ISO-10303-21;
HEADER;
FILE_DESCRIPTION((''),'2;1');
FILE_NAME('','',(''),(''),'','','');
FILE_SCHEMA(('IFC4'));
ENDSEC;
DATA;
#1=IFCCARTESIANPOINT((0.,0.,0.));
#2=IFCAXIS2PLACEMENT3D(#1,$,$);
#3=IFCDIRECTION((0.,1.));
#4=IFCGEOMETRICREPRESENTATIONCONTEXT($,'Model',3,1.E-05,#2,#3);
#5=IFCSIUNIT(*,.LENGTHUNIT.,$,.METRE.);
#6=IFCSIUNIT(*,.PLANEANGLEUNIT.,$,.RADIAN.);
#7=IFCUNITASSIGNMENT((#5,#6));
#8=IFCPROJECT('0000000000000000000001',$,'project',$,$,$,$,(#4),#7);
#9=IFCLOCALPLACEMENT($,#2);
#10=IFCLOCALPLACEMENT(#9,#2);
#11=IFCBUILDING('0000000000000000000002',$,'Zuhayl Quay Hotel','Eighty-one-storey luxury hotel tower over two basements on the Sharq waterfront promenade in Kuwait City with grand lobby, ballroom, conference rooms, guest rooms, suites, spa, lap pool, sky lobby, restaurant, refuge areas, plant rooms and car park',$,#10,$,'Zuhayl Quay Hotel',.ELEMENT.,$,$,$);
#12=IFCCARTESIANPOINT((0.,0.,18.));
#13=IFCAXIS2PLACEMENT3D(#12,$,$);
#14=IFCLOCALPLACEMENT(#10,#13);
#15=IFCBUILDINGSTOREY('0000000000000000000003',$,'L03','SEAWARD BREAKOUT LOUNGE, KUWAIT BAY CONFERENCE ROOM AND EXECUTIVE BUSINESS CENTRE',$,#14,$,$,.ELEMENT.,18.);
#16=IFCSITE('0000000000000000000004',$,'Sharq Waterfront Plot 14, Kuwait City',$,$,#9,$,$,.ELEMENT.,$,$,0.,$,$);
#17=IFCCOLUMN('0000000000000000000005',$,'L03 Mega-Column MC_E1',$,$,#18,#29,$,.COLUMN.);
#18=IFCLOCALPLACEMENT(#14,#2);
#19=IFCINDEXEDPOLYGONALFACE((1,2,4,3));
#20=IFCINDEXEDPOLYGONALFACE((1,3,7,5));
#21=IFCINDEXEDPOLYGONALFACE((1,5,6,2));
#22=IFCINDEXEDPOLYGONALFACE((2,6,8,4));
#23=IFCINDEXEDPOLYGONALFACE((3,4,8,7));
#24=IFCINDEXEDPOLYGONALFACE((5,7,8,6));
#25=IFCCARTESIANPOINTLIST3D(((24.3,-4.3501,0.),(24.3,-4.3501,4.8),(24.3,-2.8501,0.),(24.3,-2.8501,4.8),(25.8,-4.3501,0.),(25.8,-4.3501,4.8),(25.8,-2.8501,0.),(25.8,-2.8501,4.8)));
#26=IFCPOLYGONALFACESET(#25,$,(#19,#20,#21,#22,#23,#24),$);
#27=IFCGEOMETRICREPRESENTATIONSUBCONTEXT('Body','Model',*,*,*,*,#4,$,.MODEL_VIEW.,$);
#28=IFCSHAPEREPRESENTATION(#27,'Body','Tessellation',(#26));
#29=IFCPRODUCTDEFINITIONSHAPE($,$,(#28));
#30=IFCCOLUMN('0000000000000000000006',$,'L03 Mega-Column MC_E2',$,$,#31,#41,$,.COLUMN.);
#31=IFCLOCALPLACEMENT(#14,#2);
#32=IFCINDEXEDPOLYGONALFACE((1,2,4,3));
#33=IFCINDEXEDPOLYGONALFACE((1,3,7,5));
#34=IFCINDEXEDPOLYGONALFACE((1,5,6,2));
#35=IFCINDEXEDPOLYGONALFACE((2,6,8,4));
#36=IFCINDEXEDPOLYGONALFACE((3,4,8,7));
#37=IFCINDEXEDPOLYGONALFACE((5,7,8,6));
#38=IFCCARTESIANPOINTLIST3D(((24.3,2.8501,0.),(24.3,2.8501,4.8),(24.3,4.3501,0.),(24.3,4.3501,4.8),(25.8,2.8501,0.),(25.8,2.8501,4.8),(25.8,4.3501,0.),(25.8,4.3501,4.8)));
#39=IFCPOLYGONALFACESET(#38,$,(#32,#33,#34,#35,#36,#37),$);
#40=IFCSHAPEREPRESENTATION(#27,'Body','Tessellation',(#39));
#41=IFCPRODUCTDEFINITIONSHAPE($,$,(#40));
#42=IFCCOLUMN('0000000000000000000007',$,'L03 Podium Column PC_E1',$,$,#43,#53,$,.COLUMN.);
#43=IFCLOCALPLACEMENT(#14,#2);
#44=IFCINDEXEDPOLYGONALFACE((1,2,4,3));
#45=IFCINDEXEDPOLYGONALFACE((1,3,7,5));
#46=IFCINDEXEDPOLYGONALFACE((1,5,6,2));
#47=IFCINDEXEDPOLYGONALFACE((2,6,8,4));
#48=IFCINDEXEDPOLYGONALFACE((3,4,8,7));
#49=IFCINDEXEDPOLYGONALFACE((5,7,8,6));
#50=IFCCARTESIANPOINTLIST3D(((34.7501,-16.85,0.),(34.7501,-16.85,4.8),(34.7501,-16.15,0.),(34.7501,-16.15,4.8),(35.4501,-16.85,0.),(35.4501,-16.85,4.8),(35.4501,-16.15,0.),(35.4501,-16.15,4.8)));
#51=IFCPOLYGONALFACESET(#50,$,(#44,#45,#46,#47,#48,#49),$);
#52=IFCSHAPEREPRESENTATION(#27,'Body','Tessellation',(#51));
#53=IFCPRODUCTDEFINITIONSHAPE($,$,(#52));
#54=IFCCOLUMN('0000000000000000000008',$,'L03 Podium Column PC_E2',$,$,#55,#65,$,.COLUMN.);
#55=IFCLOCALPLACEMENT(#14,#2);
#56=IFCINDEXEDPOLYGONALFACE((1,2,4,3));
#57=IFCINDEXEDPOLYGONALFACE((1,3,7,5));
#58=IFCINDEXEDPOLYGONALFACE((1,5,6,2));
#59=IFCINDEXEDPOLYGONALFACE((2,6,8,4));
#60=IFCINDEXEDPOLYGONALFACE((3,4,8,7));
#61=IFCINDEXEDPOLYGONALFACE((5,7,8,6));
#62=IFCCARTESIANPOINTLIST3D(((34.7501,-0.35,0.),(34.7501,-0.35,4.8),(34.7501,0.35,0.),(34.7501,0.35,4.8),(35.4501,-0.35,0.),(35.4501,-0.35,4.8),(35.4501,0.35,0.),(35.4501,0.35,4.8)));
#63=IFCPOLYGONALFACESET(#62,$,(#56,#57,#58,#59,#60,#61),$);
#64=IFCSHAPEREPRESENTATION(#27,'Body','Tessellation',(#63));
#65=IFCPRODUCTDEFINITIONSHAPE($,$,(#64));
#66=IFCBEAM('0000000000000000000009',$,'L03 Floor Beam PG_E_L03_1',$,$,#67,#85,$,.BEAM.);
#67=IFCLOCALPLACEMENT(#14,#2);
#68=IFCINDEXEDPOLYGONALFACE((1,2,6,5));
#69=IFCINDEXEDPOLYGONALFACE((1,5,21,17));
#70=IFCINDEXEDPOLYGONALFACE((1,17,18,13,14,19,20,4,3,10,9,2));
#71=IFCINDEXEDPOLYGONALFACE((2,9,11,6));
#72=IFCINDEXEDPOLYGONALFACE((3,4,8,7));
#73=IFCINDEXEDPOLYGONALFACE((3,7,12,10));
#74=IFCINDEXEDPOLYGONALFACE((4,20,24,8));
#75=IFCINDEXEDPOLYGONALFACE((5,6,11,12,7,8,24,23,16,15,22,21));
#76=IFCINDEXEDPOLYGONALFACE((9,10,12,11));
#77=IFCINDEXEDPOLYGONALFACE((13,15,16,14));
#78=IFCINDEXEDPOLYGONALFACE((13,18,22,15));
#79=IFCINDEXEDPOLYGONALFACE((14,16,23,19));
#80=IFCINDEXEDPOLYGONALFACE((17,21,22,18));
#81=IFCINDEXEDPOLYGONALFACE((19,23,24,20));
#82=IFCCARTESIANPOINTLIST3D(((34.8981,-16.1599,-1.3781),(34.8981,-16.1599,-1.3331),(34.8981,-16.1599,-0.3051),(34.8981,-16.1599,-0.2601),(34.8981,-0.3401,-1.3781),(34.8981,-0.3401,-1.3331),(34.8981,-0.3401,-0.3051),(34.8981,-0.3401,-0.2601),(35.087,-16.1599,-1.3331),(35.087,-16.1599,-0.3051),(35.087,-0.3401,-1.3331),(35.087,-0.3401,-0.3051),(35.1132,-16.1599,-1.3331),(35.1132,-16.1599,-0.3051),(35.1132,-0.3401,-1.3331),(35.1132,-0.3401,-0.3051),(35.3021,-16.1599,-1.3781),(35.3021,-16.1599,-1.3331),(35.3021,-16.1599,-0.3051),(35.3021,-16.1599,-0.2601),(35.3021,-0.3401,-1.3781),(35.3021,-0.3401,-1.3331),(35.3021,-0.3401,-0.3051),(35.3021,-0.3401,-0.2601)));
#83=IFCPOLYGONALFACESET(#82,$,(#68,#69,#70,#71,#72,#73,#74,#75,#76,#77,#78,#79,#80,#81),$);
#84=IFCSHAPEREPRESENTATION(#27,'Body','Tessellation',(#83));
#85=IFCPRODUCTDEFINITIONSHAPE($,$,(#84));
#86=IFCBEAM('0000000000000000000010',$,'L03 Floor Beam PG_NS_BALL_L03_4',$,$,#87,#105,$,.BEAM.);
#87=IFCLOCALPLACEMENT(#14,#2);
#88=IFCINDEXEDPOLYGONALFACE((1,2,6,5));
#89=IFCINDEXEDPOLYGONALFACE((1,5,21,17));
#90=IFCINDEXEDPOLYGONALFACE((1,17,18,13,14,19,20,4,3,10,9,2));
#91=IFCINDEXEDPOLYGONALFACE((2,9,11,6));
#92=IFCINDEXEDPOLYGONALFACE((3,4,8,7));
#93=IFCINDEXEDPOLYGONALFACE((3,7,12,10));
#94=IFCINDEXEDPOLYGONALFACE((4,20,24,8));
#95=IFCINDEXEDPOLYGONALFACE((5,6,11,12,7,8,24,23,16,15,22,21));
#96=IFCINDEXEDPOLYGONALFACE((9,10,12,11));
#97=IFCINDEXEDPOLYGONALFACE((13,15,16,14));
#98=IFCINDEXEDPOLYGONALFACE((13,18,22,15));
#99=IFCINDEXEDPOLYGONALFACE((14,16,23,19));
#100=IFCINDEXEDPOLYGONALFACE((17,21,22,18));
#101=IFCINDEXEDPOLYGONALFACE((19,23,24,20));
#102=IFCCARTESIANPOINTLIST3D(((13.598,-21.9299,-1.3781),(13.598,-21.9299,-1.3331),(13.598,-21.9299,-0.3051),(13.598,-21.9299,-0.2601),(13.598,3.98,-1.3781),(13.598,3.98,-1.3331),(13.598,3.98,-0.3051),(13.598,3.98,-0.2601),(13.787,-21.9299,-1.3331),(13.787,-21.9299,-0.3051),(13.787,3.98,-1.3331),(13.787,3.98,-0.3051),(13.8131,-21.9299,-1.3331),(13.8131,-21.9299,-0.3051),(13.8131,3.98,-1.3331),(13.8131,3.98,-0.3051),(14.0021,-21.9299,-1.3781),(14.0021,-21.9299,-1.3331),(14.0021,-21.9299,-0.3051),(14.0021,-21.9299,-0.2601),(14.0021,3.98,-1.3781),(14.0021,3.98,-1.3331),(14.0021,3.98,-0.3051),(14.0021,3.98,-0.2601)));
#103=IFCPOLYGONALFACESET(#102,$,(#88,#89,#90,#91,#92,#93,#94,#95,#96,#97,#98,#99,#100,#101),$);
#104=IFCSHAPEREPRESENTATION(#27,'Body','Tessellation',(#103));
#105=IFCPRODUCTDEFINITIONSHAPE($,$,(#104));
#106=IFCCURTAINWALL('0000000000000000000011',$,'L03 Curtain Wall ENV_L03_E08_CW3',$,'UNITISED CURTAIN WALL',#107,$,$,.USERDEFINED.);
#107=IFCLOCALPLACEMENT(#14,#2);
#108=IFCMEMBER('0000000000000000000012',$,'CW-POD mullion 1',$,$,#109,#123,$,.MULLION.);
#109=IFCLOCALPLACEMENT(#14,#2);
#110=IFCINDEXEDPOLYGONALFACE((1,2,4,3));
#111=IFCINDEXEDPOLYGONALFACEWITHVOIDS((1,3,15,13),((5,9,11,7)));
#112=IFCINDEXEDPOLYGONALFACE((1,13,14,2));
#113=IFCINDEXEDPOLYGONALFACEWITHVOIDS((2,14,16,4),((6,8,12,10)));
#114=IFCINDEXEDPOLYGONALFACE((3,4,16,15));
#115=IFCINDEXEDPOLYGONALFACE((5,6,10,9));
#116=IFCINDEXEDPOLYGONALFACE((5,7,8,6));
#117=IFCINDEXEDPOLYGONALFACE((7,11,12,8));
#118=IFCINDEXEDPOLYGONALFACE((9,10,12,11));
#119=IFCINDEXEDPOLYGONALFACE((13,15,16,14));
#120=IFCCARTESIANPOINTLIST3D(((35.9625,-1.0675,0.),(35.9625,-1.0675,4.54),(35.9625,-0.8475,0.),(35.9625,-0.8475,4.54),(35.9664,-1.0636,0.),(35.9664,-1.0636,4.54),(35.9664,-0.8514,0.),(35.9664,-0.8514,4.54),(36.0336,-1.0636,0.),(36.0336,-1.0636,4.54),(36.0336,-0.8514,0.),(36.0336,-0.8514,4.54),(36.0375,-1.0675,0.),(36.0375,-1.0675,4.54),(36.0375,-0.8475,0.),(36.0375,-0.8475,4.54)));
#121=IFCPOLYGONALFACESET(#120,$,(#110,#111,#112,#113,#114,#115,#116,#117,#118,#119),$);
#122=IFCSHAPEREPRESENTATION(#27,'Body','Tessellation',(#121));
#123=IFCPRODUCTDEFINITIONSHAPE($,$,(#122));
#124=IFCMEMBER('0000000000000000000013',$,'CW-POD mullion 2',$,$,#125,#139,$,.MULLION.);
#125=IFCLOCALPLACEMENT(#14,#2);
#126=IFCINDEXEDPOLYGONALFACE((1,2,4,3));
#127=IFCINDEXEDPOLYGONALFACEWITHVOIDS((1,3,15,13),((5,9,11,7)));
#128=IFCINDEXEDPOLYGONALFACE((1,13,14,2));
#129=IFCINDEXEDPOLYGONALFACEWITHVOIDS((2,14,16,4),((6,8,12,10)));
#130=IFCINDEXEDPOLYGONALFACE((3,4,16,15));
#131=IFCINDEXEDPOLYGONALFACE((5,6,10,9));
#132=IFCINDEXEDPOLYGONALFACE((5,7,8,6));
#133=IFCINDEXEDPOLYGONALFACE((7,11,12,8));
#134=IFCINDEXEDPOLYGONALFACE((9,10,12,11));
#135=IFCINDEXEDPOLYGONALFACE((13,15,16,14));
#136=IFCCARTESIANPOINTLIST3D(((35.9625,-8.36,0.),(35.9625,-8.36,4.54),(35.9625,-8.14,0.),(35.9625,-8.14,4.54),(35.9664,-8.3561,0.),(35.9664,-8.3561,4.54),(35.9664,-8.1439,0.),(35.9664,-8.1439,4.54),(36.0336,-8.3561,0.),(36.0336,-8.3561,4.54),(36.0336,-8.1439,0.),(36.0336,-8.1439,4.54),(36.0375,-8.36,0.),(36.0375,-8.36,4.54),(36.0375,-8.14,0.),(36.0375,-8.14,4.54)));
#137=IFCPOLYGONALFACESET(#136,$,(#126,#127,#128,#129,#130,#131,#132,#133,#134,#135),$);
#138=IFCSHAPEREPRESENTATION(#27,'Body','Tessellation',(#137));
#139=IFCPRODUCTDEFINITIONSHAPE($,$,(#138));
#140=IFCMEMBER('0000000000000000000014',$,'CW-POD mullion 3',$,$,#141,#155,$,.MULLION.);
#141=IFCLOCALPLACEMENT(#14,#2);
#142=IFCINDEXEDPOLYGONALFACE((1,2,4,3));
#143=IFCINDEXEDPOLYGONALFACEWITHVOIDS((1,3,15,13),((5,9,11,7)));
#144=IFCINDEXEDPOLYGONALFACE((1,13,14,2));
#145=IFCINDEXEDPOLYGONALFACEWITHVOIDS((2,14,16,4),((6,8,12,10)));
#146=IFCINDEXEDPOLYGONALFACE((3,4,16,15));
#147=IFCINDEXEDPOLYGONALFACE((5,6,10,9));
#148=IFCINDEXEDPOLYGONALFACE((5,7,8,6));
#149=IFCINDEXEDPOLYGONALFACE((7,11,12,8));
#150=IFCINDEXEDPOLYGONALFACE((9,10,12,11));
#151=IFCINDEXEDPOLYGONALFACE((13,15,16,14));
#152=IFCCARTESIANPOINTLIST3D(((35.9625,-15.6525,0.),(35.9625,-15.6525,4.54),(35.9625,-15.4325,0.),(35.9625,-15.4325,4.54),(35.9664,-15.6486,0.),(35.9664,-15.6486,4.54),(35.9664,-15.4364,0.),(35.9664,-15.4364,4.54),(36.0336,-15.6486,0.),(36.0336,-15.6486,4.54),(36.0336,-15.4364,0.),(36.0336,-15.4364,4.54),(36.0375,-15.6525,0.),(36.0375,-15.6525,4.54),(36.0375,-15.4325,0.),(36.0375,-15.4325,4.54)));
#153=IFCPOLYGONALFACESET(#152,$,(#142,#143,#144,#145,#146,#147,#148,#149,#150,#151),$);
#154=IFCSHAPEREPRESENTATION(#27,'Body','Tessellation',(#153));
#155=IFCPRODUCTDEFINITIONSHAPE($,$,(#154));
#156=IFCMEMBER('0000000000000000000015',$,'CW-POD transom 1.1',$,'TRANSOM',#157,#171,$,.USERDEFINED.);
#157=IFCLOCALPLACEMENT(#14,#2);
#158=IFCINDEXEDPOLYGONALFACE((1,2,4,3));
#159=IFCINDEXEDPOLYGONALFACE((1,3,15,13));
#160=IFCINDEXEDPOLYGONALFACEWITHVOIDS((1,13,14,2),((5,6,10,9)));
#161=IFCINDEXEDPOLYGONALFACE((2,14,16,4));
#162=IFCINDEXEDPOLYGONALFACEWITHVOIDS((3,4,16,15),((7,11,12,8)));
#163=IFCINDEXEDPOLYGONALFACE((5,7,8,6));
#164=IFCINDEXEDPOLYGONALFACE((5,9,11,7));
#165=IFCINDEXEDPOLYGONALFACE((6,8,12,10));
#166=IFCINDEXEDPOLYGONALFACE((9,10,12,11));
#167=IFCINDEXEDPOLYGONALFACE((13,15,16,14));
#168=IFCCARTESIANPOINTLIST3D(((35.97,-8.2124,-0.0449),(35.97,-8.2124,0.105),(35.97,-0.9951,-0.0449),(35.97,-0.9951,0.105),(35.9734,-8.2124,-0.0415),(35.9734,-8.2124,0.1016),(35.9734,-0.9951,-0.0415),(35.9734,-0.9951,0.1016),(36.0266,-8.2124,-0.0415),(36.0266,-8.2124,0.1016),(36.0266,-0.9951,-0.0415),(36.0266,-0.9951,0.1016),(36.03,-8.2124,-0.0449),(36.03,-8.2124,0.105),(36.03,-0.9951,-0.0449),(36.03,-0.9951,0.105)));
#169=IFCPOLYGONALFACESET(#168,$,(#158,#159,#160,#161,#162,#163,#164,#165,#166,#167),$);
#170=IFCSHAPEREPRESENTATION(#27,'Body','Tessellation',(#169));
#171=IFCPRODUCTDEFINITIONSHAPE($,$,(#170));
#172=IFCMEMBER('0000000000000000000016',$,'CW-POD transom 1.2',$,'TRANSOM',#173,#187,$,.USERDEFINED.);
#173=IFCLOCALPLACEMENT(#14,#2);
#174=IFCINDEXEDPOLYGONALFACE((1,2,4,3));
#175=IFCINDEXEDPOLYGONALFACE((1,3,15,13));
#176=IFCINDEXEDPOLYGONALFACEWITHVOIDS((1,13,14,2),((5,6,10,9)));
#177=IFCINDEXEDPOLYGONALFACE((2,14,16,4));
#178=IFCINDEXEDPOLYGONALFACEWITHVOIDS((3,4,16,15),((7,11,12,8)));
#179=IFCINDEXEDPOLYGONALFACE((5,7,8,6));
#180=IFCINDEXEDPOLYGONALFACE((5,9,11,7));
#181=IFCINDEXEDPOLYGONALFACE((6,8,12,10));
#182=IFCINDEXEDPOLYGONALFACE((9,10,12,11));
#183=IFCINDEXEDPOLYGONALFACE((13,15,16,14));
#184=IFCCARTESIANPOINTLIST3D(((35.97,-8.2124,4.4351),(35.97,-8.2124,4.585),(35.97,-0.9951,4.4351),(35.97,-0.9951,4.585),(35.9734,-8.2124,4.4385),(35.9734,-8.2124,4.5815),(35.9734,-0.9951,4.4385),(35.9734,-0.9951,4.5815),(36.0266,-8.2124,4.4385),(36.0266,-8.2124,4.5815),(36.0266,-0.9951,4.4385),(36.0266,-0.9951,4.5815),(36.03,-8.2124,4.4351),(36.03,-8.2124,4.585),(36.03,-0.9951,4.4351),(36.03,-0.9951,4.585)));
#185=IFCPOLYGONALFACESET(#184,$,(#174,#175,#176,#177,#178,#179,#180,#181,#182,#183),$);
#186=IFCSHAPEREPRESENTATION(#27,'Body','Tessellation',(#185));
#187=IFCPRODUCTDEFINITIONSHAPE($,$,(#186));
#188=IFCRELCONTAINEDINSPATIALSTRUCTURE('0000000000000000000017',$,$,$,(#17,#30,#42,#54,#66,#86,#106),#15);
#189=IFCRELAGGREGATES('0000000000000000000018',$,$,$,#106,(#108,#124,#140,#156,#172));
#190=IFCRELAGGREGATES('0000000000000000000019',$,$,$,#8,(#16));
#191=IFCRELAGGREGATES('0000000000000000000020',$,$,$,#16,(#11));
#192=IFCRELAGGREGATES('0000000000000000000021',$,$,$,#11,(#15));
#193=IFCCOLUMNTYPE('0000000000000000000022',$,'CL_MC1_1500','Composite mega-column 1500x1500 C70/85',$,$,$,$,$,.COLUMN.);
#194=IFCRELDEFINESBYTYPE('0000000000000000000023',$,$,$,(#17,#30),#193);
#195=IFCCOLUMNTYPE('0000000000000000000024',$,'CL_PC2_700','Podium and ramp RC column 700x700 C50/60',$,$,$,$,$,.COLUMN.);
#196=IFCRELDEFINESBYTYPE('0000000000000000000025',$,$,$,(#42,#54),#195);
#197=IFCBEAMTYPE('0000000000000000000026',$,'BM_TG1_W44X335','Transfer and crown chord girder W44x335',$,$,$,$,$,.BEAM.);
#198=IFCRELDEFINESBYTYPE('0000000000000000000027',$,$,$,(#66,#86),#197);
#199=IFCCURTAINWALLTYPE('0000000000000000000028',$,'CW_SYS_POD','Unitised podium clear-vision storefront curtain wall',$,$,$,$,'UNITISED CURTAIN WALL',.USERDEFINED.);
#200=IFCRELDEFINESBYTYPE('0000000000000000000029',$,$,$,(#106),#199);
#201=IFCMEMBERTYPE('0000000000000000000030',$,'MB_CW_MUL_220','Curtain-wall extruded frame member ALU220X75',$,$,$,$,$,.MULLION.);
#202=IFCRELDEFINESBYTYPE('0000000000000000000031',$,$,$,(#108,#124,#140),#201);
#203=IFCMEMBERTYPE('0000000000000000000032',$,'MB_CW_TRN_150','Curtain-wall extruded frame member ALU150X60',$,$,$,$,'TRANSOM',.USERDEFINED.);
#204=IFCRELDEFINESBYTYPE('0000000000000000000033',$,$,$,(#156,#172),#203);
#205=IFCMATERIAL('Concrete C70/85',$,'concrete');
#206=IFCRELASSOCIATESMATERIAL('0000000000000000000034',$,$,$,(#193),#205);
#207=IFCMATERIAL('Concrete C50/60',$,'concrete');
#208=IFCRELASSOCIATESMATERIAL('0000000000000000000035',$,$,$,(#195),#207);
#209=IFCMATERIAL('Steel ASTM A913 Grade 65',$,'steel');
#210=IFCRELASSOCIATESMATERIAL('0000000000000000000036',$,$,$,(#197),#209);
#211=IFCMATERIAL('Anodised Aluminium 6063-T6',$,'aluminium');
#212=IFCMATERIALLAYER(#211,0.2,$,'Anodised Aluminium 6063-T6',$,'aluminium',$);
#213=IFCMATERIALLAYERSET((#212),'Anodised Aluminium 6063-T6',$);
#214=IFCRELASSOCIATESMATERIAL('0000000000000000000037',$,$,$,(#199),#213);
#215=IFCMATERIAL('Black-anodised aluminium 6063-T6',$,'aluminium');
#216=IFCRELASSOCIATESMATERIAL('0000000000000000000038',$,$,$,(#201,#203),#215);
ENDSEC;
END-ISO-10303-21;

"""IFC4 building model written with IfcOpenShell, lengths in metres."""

from ifc_helpers import new_model, si_unit, direction, frame, origin, origin_2d, place, context, subcontext, project, spatial, rectangle, hollow_rectangle, i_section, extrude, material, layer, layer_set, material_profile, profile_set, type_object, element, aggregate, save


model = new_model("IFC4")

# Units and contexts
model_context = context("Model", 3, precision=1e-05, world=origin(), true_north=direction((0.0, 1.0)))
body_context = subcontext(model_context, "Body", "Model", "MODEL_VIEW")
ifc_project = project(units=[si_unit("LENGTHUNIT", "METRE"), si_unit("PLANEANGLEUNIT", "RADIAN")], contexts=[model_context])

# Site, building, storey
site_placement = place(None, origin())
site = spatial("IfcSite", under=ifc_project, at=site_placement, Name="Sharq Waterfront Plot 14, Kuwait City", CompositionType="ELEMENT", RefElevation=0.0)
building_placement = place(site_placement, origin())
building = spatial("IfcBuilding", under=site, at=building_placement, Name="Zuhayl Quay Hotel", Description="Eighty-one-storey luxury hotel tower over two basements on the Sharq waterfront promenade in Kuwait City with grand lobby, ballroom, conference rooms, guest rooms, suites, spa, lap pool, sky lobby, restaurant, refuge areas, plant rooms and car park", LongName="Zuhayl Quay Hotel", CompositionType="ELEMENT")
storey_placement = place(building_placement, frame((0.0, 0.0, 18.0)))
storey = spatial("IfcBuildingStorey", under=building, at=storey_placement, Name="L03", Description="SEAWARD BREAKOUT LOUNGE, KUWAIT BAY CONFERENCE ROOM AND EXECUTIVE BUSINESS CENTRE", CompositionType="ELEMENT", Elevation=18.0)

# Columns
ifc_material_1 = material(Name="Concrete C70/85", Category="concrete")
ifc_material_profile_1 = material_profile(ifc_material_1, rectangle(XDim=1.5, YDim=1.5, at=origin_2d()), Name="RC1500X1500")
ifc_profile_set_1 = profile_set([ifc_material_profile_1], Name="Concrete C70/85")
column_type_1 = type_object("IfcColumnType", Name="CL_MC1_1500", Description="Composite mega-column 1500x1500 C70/85", PredefinedType="COLUMN", material=ifc_profile_set_1)
for number, where, z_axis, x_axis, name in (
    (1, (25.05, -3.6001, 0.0), (0.0, 0.0, 1.0), (1.0, 0.0, 0.0), "L03 Mega-Column MC_E1"),
    (2, (25.05, 3.6001, 0.0), (0.0, 0.0, 1.0), (1.0, 0.0, 0.0), "L03 Mega-Column MC_E2"),
):
    element("IfcColumn", number, at=place(storey_placement, frame(where, z_axis=z_axis, x_axis=x_axis)), inside=storey, type_object=column_type_1, Name=name, PredefinedType="COLUMN", context=body_context, shape_type="SweptSolid", body=[
        extrude(rectangle(XDim=1.5, YDim=1.5, at=origin_2d()), origin(), (0.0, 0.0, 1.0), 4.8),
    ])
ifc_material_2 = material(Name="Concrete C50/60", Category="concrete")
ifc_material_profile_2 = material_profile(ifc_material_2, rectangle(XDim=0.7, YDim=0.7, at=origin_2d()), Name="RC700X700")
ifc_profile_set_2 = profile_set([ifc_material_profile_2], Name="Concrete C50/60")
column_type_2 = type_object("IfcColumnType", Name="CL_PC2_700", Description="Podium and ramp RC column 700x700 C50/60", PredefinedType="COLUMN", material=ifc_profile_set_2)
for number, where, z_axis, x_axis, name in (
    (3, (35.1001, -16.5, 0.0), (0.0, 0.0, 1.0), (1.0, 0.0, 0.0), "L03 Podium Column PC_E1"),
    (4, (35.1001, 0.0, 0.0), (0.0, 0.0, 1.0), (1.0, 0.0, 0.0), "L03 Podium Column PC_E2"),
):
    element("IfcColumn", number, at=place(storey_placement, frame(where, z_axis=z_axis, x_axis=x_axis)), inside=storey, type_object=column_type_2, Name=name, PredefinedType="COLUMN", context=body_context, shape_type="SweptSolid", body=[
        extrude(rectangle(XDim=0.7, YDim=0.7, at=origin_2d()), origin(), (0.0, 0.0, 1.0), 4.8),
    ])

# Beams
ifc_material_3 = material(Name="Steel ASTM A913 Grade 65", Category="steel")
ifc_material_profile_3 = material_profile(ifc_material_3, i_section(OverallWidth=0.4041, OverallDepth=1.1179, WebThickness=0.0261, FlangeThickness=0.0449, at=origin_2d()), Name="W44X335")
ifc_profile_set_3 = profile_set([ifc_material_profile_3], Name="Steel ASTM A913 Grade 65")
beam_type = type_object("IfcBeamType", Name="BM_TG1_W44X335", Description="Transfer and crown chord girder W44x335", PredefinedType="BEAM", material=ifc_profile_set_3)
beam_1_placement = place(storey_placement, frame((35.1001, -16.1599, -0.8191), z_axis=(0.0, 1.0, 0.0), x_axis=(-1.0, 0.0, 0.0)))
element("IfcBeam", 5, at=beam_1_placement, inside=storey, type_object=beam_type, Name="L03 Floor Beam PG_E_L03_1", PredefinedType="BEAM", context=body_context, shape_type="SweptSolid", body=[
    extrude(i_section(OverallWidth=0.4041, OverallDepth=1.1179, WebThickness=0.0261, FlangeThickness=0.0449, at=origin_2d()), origin(), (0.0, 0.0, 1.0), 15.8198),
])
beam_2_placement = place(storey_placement, frame((13.8, -21.9299, -0.8191), z_axis=(0.0, 1.0, 0.0), x_axis=(-1.0, 0.0, 0.0)))
element("IfcBeam", 6, at=beam_2_placement, inside=storey, type_object=beam_type, Name="L03 Floor Beam PG_NS_BALL_L03_4", PredefinedType="BEAM", context=body_context, shape_type="SweptSolid", body=[
    extrude(i_section(OverallWidth=0.4041, OverallDepth=1.1179, WebThickness=0.0261, FlangeThickness=0.0449, at=origin_2d()), origin(), (0.0, 0.0, 1.0), 25.9099),
])

# Curtain wall, members
ifc_material_4 = material(Name="Anodised Aluminium 6063-T6", Category="aluminium")
ifc_layer_1 = layer(ifc_material_4, 0.2, Name="Anodised Aluminium 6063-T6", Category="aluminium")
ifc_layer_set_1 = layer_set([ifc_layer_1], Name="Anodised Aluminium 6063-T6")
curtain_wall_type = type_object("IfcCurtainWallType", Name="CW_SYS_POD", Description="Unitised podium clear-vision storefront curtain wall", ElementType="UNITISED CURTAIN WALL", PredefinedType="USERDEFINED", material=ifc_layer_set_1)
curtain_wall_placement = place(storey_placement, origin())
curtain_wall = element("IfcCurtainWall", 7, at=curtain_wall_placement, inside=storey, type_object=curtain_wall_type, Name="L03 Curtain Wall ENV_L03_E08_CW3", ObjectType="UNITISED CURTAIN WALL", PredefinedType="USERDEFINED")
ifc_material_5 = material(Name="Black-anodised aluminium 6063-T6", Category="aluminium")
ifc_material_profile_4 = material_profile(ifc_material_5, hollow_rectangle(XDim=0.075, YDim=0.22, WallThickness=0.0039, at=origin_2d()), Name="ALU220X75")
ifc_profile_set_4 = profile_set([ifc_material_profile_4], Name="Black-anodised aluminium 6063-T6")
member_type_1 = type_object("IfcMemberType", Name="MB_CW_MUL_220", Description="Curtain-wall extruded frame member ALU220X75", PredefinedType="MULLION", material=ifc_profile_set_4)
member_1_placement = place(storey_placement, frame((36.0, -0.9575, 0.0), z_axis=(0.0, 0.0, 1.0), x_axis=(1.0, 0.0, 0.0)))
member_1 = element("IfcMember", 8, at=member_1_placement, type_object=member_type_1, Name="CW-POD mullion 1", PredefinedType="MULLION", context=body_context, shape_type="SweptSolid", body=[
    extrude(hollow_rectangle(XDim=0.075, YDim=0.22, WallThickness=0.0039, at=origin_2d()), origin(), (0.0, 0.0, 1.0), 4.54),
])
member_2_placement = place(storey_placement, frame((36.0, -8.25, 0.0), z_axis=(0.0, 0.0, 1.0), x_axis=(1.0, 0.0, 0.0)))
member_2 = element("IfcMember", 9, at=member_2_placement, type_object=member_type_1, Name="CW-POD mullion 2", PredefinedType="MULLION", context=body_context, shape_type="SweptSolid", body=[
    extrude(hollow_rectangle(XDim=0.075, YDim=0.22, WallThickness=0.0039, at=origin_2d()), origin(), (0.0, 0.0, 1.0), 4.54),
])
member_3_placement = place(storey_placement, frame((36.0, -15.5425, 0.0), z_axis=(0.0, 0.0, 1.0), x_axis=(1.0, 0.0, 0.0)))
member_3 = element("IfcMember", 10, at=member_3_placement, type_object=member_type_1, Name="CW-POD mullion 3", PredefinedType="MULLION", context=body_context, shape_type="SweptSolid", body=[
    extrude(hollow_rectangle(XDim=0.075, YDim=0.22, WallThickness=0.0039, at=origin_2d()), origin(), (0.0, 0.0, 1.0), 4.54),
])
ifc_material_profile_5 = material_profile(ifc_material_5, hollow_rectangle(XDim=0.0601, YDim=0.1499, WallThickness=0.0034, at=origin_2d()), Name="ALU150X60")
ifc_profile_set_5 = profile_set([ifc_material_profile_5], Name="Black-anodised aluminium 6063-T6")
member_type_2 = type_object("IfcMemberType", Name="MB_CW_TRN_150", Description="Curtain-wall extruded frame member ALU150X60", ElementType="TRANSOM", PredefinedType="USERDEFINED", material=ifc_profile_set_5)
member_4_placement = place(storey_placement, frame((36.0, -0.9951, 0.03), z_axis=(0.0, -1.0, 0.0), x_axis=(1.0, 0.0, 0.0)))
member_4 = element("IfcMember", 11, at=member_4_placement, type_object=member_type_2, Name="CW-POD transom 1.1", ObjectType="TRANSOM", PredefinedType="USERDEFINED", context=body_context, shape_type="SweptSolid", body=[
    extrude(hollow_rectangle(XDim=0.0601, YDim=0.1499, WallThickness=0.0034, at=origin_2d()), origin(), (0.0, 0.0, 1.0), 7.2173),
])
member_5_placement = place(storey_placement, frame((36.0, -0.9951, 4.51), z_axis=(0.0, -1.0, 0.0), x_axis=(1.0, 0.0, 0.0)))
member_5 = element("IfcMember", 12, at=member_5_placement, type_object=member_type_2, Name="CW-POD transom 1.2", ObjectType="TRANSOM", PredefinedType="USERDEFINED", context=body_context, shape_type="SweptSolid", body=[
    extrude(hollow_rectangle(XDim=0.0601, YDim=0.1499, WallThickness=0.0034, at=origin_2d()), origin(), (0.0, 0.0, 1.0), 7.2173),
])

aggregate(curtain_wall, [member_1, member_2, member_3, member_4, member_5])

save(model, "model.ifc")
